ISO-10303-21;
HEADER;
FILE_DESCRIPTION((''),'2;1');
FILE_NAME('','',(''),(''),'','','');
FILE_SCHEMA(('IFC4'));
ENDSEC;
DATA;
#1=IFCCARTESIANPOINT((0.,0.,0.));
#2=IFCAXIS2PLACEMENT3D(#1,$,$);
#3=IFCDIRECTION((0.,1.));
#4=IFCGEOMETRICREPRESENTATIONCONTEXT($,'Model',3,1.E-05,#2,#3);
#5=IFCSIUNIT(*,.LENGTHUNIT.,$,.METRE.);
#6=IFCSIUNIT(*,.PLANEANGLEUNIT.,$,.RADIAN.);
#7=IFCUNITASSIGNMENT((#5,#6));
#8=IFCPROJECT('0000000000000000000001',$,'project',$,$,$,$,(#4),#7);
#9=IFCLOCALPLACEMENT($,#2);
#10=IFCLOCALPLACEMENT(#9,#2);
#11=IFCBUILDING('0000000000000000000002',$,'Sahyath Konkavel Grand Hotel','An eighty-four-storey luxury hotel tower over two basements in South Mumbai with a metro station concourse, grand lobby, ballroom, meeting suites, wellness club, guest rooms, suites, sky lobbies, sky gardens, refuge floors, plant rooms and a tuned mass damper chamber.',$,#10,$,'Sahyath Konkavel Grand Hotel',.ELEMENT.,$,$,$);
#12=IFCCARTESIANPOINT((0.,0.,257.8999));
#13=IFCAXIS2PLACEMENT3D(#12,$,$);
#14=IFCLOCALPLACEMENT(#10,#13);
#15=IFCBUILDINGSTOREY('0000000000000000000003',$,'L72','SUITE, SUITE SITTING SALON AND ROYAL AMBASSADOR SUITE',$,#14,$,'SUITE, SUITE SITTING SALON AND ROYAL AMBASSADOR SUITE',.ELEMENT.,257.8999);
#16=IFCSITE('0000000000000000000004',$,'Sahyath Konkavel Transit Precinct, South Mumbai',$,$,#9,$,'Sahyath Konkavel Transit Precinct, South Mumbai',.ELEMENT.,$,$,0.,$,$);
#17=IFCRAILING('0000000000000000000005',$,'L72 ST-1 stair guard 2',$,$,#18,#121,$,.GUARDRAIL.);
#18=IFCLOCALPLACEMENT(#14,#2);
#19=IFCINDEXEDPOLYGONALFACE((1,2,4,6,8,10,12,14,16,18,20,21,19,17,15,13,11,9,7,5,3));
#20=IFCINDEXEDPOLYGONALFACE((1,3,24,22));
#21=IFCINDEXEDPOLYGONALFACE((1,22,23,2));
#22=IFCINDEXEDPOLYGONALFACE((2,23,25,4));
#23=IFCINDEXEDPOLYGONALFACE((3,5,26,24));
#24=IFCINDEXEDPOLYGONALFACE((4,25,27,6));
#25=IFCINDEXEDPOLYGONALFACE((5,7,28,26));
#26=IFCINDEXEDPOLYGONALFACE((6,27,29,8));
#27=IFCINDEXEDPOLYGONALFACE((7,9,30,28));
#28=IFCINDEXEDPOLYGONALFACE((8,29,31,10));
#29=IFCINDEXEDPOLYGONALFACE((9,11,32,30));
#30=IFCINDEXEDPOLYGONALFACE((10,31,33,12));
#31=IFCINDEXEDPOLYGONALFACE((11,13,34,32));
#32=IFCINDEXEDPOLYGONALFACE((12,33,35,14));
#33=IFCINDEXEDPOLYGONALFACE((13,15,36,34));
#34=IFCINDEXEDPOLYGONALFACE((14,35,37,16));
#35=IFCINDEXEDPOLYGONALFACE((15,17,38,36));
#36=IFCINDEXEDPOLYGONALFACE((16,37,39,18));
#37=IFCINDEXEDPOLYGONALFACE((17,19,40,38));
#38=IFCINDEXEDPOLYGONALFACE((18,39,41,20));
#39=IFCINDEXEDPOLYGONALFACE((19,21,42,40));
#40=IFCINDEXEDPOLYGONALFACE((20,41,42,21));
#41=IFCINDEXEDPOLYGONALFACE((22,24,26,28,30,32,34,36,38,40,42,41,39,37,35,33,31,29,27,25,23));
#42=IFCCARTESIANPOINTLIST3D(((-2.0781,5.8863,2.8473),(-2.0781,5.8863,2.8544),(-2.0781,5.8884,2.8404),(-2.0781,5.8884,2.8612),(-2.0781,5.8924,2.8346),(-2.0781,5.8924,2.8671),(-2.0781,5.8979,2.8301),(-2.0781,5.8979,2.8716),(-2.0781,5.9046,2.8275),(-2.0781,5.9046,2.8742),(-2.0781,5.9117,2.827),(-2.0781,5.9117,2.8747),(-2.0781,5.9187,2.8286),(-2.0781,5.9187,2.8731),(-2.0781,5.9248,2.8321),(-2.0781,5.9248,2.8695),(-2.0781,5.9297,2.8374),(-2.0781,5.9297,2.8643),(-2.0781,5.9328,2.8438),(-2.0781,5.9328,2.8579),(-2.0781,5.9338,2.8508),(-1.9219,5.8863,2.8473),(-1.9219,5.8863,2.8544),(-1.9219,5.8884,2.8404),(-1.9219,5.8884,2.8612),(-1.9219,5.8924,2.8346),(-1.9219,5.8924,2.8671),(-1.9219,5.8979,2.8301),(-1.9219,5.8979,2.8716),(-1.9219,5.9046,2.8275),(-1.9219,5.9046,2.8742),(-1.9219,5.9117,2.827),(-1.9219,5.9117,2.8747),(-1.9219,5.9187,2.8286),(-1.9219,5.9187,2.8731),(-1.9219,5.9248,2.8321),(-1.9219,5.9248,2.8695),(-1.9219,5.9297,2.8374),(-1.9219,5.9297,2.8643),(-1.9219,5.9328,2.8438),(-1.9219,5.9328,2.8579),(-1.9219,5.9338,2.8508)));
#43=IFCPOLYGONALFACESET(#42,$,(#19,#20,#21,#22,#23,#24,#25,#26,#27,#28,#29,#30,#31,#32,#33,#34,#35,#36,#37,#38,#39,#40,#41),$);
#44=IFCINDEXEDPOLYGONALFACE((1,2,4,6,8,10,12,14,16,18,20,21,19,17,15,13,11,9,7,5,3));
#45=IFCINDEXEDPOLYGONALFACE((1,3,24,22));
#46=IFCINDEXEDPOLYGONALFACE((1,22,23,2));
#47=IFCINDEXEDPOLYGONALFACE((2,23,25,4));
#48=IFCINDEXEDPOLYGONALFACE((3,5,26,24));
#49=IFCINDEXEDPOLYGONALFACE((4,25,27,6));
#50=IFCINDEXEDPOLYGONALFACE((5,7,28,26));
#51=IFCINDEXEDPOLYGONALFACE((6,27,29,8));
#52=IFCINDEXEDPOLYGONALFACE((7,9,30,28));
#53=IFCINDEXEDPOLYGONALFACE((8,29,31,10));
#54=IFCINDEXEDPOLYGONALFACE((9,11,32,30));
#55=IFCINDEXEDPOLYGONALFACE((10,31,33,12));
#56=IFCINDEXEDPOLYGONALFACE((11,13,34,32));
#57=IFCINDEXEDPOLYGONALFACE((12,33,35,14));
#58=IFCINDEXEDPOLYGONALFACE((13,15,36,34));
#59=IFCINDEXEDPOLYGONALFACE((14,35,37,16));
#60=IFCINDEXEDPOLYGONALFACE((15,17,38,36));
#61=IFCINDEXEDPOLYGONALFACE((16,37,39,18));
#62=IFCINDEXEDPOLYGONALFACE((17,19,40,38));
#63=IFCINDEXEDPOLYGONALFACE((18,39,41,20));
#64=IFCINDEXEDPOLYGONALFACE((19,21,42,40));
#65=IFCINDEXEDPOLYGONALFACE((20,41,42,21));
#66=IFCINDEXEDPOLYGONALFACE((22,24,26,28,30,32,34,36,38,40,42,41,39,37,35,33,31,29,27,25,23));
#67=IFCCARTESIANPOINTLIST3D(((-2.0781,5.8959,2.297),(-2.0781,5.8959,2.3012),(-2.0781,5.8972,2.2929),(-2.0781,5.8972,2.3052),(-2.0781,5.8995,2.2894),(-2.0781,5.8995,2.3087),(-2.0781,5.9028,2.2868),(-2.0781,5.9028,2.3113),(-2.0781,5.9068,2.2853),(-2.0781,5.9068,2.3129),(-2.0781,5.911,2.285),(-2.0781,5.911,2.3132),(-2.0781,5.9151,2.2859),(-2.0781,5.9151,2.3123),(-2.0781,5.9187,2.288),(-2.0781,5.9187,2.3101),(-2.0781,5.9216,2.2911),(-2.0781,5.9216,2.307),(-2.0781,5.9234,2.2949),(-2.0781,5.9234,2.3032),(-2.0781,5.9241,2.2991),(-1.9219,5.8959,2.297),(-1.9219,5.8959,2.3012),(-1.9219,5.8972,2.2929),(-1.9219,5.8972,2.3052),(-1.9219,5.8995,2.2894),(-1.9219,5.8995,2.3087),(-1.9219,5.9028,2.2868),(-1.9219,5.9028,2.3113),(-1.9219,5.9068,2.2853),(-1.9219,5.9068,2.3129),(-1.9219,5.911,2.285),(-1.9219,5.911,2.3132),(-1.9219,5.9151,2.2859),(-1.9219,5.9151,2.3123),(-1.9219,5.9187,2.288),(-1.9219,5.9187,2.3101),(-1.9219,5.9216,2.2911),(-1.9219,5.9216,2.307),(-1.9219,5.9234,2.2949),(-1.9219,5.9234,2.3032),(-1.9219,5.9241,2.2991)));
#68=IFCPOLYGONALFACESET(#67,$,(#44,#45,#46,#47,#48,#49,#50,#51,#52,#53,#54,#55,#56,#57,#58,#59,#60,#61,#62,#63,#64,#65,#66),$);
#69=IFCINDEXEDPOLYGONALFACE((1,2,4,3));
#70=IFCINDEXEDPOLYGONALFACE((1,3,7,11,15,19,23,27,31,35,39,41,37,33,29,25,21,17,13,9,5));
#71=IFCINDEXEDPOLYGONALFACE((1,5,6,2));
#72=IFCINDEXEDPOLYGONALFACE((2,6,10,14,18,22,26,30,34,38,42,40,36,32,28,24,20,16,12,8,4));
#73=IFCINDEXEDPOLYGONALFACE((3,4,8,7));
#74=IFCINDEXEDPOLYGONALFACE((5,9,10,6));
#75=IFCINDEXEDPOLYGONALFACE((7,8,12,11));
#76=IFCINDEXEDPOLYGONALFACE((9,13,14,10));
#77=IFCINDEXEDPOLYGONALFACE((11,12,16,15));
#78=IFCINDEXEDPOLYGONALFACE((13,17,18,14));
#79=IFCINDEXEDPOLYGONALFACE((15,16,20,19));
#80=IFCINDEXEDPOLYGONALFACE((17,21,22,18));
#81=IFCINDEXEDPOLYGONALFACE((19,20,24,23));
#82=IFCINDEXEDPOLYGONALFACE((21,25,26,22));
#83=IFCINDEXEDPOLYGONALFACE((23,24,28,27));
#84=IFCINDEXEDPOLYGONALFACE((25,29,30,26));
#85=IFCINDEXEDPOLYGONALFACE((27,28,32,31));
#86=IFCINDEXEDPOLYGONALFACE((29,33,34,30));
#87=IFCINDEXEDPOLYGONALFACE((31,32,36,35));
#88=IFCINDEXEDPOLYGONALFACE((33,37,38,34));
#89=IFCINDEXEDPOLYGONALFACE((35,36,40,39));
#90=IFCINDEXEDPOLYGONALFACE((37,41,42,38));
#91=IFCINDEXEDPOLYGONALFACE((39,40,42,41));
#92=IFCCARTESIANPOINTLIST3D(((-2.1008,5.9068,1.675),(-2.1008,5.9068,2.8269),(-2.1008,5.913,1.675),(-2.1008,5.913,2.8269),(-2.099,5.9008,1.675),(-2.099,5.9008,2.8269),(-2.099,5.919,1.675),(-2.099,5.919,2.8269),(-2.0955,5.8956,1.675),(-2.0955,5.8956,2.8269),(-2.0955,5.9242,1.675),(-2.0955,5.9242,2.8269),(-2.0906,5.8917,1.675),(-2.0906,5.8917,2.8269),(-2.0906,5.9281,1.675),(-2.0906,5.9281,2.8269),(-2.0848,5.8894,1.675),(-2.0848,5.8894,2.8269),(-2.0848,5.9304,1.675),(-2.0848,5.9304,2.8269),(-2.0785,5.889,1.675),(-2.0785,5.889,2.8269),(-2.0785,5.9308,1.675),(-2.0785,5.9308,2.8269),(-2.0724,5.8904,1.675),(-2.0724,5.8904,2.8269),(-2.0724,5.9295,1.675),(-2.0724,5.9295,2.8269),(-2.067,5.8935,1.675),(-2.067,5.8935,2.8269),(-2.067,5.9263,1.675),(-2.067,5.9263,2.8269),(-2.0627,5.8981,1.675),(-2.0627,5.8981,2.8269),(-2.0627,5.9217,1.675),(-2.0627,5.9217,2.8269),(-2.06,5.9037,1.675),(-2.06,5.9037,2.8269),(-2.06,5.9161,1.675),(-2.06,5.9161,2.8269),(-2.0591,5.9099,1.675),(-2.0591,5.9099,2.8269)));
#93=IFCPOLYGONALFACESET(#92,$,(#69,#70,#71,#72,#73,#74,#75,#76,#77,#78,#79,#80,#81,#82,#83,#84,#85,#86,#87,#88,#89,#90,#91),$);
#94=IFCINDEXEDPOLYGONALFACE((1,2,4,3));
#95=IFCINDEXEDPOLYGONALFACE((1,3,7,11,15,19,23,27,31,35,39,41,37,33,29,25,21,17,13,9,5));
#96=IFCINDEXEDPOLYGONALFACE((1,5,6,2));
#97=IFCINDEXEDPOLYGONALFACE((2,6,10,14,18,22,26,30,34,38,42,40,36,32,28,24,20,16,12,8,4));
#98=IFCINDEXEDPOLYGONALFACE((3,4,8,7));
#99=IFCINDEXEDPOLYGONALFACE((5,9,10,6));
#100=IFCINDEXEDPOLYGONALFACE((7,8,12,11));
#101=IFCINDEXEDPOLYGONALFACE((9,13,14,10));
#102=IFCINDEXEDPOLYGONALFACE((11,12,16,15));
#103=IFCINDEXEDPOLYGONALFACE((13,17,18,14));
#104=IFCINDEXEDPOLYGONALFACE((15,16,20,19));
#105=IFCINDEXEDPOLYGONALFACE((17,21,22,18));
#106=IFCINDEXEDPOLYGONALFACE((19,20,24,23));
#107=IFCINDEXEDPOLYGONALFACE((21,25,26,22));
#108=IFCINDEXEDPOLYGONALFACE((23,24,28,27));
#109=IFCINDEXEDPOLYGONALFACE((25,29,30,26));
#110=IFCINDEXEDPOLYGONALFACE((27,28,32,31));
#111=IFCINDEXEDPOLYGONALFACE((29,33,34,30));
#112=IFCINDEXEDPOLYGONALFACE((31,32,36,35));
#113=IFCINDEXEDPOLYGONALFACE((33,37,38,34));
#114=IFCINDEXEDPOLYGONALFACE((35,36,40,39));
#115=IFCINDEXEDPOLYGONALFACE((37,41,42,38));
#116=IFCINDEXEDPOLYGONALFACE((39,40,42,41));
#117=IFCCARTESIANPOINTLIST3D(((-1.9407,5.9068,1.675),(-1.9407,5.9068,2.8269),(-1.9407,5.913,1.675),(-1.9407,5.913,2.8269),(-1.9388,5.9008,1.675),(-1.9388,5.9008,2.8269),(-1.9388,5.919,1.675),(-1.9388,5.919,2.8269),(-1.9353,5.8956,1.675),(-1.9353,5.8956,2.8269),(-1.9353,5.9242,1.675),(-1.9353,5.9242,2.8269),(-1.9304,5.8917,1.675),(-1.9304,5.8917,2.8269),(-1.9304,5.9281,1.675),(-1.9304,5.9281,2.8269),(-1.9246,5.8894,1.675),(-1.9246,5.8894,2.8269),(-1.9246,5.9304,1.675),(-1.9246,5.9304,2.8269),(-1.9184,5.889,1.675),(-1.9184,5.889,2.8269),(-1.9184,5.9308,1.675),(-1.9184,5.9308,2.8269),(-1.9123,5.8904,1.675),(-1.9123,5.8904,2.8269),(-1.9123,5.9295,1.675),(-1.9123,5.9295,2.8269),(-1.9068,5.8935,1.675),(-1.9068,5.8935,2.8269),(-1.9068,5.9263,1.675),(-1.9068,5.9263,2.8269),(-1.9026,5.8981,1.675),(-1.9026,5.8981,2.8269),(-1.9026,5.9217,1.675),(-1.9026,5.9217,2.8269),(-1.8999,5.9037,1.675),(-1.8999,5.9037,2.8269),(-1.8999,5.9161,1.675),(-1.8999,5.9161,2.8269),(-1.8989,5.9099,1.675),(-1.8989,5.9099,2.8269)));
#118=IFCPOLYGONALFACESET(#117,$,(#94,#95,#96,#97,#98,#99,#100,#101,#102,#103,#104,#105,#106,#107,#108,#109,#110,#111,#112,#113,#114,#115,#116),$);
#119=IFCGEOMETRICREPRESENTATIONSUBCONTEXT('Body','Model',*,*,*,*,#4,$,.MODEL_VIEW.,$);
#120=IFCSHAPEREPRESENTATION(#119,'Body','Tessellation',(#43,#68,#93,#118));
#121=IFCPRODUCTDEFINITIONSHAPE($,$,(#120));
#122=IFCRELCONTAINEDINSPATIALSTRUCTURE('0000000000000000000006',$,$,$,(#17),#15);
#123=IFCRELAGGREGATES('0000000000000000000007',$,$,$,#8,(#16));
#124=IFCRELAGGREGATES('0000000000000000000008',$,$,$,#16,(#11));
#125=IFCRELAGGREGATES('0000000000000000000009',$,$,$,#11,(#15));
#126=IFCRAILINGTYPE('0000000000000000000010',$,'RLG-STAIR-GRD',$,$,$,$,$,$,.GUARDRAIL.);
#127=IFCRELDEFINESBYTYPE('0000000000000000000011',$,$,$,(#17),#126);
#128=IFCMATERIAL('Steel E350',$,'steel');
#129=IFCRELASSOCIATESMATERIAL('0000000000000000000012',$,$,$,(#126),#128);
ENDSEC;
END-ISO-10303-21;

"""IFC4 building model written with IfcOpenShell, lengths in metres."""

from ifc_helpers import new_model, si_unit, direction, frame, origin, origin_2d, place, context, subcontext, project, spatial, circle, extrude, material, type_object, element, save


model = new_model("IFC4")

# Units and contexts
model_context = context("Model", 3, precision=1e-05, world=origin(), true_north=direction((0.0, 1.0)))
body_context = subcontext(model_context, "Body", "Model", "MODEL_VIEW")
ifc_project = project(units=[si_unit("LENGTHUNIT", "METRE"), si_unit("PLANEANGLEUNIT", "RADIAN")], contexts=[model_context])

# Site, building, storey
site_placement = place(None, origin())
site = spatial("IfcSite", under=ifc_project, at=site_placement, Name="Sahyath Konkavel Transit Precinct, South Mumbai", LongName="Sahyath Konkavel Transit Precinct, South Mumbai", CompositionType="ELEMENT", RefElevation=0.0)
building_placement = place(site_placement, origin())
building = spatial("IfcBuilding", under=site, at=building_placement, Name="Sahyath Konkavel Grand Hotel", Description="An eighty-four-storey luxury hotel tower over two basements in South Mumbai with a metro station concourse, grand lobby, ballroom, meeting suites, wellness club, guest rooms, suites, sky lobbies, sky gardens, refuge floors, plant rooms and a tuned mass damper chamber.", LongName="Sahyath Konkavel Grand Hotel", CompositionType="ELEMENT")
storey_placement = place(building_placement, frame((0.0, 0.0, 257.8999)))
storey = spatial("IfcBuildingStorey", under=building, at=storey_placement, Name="L72", Description="SUITE, SUITE SITTING SALON AND ROYAL AMBASSADOR SUITE", LongName="SUITE, SUITE SITTING SALON AND ROYAL AMBASSADOR SUITE", CompositionType="ELEMENT", Elevation=257.8999)

# Shared definitions
ifc_material_1 = material(Name="Steel E350", Category="steel")

# Railing
railing_type_1 = type_object("IfcRailingType", Name="RLG-STAIR-GRD", PredefinedType="GUARDRAIL", material=ifc_material_1)
railing_1_placement = place(storey_placement, frame((-2.0801, 5.9099, 1.675)))
element("IfcRailing", 1, at=railing_1_placement, inside=storey, type_object=railing_type_1, Name="L72 ST-1 stair guard 2", PredefinedType="GUARDRAIL", context=body_context, shape_type="SweptSolid", body=[
    extrude(circle(Radius=0.0239, at=origin_2d()), frame((0.002, 0.0, 1.1758), z_axis=(1.0, 0.0, 0.0), x_axis=(0.0, 1.0, 0.0)), (0.0, 0.0, 1.0), 0.1562),
    extrude(circle(Radius=0.0142, at=origin_2d()), frame((0.002, 0.0, 0.624), z_axis=(1.0, 0.0, 0.0), x_axis=(0.0, 1.0, 0.0)), (0.0, 0.0, 1.0), 0.1562),
    extrude(circle(Radius=0.021, at=origin_2d()), origin(), (0.0, 0.0, 1.0), 1.1519),
    extrude(circle(Radius=0.021, at=origin_2d()), frame((0.1602, 0.0, 0.0)), (0.0, 0.0, 1.0), 1.1519),
])

save(model, "model.ifc")
